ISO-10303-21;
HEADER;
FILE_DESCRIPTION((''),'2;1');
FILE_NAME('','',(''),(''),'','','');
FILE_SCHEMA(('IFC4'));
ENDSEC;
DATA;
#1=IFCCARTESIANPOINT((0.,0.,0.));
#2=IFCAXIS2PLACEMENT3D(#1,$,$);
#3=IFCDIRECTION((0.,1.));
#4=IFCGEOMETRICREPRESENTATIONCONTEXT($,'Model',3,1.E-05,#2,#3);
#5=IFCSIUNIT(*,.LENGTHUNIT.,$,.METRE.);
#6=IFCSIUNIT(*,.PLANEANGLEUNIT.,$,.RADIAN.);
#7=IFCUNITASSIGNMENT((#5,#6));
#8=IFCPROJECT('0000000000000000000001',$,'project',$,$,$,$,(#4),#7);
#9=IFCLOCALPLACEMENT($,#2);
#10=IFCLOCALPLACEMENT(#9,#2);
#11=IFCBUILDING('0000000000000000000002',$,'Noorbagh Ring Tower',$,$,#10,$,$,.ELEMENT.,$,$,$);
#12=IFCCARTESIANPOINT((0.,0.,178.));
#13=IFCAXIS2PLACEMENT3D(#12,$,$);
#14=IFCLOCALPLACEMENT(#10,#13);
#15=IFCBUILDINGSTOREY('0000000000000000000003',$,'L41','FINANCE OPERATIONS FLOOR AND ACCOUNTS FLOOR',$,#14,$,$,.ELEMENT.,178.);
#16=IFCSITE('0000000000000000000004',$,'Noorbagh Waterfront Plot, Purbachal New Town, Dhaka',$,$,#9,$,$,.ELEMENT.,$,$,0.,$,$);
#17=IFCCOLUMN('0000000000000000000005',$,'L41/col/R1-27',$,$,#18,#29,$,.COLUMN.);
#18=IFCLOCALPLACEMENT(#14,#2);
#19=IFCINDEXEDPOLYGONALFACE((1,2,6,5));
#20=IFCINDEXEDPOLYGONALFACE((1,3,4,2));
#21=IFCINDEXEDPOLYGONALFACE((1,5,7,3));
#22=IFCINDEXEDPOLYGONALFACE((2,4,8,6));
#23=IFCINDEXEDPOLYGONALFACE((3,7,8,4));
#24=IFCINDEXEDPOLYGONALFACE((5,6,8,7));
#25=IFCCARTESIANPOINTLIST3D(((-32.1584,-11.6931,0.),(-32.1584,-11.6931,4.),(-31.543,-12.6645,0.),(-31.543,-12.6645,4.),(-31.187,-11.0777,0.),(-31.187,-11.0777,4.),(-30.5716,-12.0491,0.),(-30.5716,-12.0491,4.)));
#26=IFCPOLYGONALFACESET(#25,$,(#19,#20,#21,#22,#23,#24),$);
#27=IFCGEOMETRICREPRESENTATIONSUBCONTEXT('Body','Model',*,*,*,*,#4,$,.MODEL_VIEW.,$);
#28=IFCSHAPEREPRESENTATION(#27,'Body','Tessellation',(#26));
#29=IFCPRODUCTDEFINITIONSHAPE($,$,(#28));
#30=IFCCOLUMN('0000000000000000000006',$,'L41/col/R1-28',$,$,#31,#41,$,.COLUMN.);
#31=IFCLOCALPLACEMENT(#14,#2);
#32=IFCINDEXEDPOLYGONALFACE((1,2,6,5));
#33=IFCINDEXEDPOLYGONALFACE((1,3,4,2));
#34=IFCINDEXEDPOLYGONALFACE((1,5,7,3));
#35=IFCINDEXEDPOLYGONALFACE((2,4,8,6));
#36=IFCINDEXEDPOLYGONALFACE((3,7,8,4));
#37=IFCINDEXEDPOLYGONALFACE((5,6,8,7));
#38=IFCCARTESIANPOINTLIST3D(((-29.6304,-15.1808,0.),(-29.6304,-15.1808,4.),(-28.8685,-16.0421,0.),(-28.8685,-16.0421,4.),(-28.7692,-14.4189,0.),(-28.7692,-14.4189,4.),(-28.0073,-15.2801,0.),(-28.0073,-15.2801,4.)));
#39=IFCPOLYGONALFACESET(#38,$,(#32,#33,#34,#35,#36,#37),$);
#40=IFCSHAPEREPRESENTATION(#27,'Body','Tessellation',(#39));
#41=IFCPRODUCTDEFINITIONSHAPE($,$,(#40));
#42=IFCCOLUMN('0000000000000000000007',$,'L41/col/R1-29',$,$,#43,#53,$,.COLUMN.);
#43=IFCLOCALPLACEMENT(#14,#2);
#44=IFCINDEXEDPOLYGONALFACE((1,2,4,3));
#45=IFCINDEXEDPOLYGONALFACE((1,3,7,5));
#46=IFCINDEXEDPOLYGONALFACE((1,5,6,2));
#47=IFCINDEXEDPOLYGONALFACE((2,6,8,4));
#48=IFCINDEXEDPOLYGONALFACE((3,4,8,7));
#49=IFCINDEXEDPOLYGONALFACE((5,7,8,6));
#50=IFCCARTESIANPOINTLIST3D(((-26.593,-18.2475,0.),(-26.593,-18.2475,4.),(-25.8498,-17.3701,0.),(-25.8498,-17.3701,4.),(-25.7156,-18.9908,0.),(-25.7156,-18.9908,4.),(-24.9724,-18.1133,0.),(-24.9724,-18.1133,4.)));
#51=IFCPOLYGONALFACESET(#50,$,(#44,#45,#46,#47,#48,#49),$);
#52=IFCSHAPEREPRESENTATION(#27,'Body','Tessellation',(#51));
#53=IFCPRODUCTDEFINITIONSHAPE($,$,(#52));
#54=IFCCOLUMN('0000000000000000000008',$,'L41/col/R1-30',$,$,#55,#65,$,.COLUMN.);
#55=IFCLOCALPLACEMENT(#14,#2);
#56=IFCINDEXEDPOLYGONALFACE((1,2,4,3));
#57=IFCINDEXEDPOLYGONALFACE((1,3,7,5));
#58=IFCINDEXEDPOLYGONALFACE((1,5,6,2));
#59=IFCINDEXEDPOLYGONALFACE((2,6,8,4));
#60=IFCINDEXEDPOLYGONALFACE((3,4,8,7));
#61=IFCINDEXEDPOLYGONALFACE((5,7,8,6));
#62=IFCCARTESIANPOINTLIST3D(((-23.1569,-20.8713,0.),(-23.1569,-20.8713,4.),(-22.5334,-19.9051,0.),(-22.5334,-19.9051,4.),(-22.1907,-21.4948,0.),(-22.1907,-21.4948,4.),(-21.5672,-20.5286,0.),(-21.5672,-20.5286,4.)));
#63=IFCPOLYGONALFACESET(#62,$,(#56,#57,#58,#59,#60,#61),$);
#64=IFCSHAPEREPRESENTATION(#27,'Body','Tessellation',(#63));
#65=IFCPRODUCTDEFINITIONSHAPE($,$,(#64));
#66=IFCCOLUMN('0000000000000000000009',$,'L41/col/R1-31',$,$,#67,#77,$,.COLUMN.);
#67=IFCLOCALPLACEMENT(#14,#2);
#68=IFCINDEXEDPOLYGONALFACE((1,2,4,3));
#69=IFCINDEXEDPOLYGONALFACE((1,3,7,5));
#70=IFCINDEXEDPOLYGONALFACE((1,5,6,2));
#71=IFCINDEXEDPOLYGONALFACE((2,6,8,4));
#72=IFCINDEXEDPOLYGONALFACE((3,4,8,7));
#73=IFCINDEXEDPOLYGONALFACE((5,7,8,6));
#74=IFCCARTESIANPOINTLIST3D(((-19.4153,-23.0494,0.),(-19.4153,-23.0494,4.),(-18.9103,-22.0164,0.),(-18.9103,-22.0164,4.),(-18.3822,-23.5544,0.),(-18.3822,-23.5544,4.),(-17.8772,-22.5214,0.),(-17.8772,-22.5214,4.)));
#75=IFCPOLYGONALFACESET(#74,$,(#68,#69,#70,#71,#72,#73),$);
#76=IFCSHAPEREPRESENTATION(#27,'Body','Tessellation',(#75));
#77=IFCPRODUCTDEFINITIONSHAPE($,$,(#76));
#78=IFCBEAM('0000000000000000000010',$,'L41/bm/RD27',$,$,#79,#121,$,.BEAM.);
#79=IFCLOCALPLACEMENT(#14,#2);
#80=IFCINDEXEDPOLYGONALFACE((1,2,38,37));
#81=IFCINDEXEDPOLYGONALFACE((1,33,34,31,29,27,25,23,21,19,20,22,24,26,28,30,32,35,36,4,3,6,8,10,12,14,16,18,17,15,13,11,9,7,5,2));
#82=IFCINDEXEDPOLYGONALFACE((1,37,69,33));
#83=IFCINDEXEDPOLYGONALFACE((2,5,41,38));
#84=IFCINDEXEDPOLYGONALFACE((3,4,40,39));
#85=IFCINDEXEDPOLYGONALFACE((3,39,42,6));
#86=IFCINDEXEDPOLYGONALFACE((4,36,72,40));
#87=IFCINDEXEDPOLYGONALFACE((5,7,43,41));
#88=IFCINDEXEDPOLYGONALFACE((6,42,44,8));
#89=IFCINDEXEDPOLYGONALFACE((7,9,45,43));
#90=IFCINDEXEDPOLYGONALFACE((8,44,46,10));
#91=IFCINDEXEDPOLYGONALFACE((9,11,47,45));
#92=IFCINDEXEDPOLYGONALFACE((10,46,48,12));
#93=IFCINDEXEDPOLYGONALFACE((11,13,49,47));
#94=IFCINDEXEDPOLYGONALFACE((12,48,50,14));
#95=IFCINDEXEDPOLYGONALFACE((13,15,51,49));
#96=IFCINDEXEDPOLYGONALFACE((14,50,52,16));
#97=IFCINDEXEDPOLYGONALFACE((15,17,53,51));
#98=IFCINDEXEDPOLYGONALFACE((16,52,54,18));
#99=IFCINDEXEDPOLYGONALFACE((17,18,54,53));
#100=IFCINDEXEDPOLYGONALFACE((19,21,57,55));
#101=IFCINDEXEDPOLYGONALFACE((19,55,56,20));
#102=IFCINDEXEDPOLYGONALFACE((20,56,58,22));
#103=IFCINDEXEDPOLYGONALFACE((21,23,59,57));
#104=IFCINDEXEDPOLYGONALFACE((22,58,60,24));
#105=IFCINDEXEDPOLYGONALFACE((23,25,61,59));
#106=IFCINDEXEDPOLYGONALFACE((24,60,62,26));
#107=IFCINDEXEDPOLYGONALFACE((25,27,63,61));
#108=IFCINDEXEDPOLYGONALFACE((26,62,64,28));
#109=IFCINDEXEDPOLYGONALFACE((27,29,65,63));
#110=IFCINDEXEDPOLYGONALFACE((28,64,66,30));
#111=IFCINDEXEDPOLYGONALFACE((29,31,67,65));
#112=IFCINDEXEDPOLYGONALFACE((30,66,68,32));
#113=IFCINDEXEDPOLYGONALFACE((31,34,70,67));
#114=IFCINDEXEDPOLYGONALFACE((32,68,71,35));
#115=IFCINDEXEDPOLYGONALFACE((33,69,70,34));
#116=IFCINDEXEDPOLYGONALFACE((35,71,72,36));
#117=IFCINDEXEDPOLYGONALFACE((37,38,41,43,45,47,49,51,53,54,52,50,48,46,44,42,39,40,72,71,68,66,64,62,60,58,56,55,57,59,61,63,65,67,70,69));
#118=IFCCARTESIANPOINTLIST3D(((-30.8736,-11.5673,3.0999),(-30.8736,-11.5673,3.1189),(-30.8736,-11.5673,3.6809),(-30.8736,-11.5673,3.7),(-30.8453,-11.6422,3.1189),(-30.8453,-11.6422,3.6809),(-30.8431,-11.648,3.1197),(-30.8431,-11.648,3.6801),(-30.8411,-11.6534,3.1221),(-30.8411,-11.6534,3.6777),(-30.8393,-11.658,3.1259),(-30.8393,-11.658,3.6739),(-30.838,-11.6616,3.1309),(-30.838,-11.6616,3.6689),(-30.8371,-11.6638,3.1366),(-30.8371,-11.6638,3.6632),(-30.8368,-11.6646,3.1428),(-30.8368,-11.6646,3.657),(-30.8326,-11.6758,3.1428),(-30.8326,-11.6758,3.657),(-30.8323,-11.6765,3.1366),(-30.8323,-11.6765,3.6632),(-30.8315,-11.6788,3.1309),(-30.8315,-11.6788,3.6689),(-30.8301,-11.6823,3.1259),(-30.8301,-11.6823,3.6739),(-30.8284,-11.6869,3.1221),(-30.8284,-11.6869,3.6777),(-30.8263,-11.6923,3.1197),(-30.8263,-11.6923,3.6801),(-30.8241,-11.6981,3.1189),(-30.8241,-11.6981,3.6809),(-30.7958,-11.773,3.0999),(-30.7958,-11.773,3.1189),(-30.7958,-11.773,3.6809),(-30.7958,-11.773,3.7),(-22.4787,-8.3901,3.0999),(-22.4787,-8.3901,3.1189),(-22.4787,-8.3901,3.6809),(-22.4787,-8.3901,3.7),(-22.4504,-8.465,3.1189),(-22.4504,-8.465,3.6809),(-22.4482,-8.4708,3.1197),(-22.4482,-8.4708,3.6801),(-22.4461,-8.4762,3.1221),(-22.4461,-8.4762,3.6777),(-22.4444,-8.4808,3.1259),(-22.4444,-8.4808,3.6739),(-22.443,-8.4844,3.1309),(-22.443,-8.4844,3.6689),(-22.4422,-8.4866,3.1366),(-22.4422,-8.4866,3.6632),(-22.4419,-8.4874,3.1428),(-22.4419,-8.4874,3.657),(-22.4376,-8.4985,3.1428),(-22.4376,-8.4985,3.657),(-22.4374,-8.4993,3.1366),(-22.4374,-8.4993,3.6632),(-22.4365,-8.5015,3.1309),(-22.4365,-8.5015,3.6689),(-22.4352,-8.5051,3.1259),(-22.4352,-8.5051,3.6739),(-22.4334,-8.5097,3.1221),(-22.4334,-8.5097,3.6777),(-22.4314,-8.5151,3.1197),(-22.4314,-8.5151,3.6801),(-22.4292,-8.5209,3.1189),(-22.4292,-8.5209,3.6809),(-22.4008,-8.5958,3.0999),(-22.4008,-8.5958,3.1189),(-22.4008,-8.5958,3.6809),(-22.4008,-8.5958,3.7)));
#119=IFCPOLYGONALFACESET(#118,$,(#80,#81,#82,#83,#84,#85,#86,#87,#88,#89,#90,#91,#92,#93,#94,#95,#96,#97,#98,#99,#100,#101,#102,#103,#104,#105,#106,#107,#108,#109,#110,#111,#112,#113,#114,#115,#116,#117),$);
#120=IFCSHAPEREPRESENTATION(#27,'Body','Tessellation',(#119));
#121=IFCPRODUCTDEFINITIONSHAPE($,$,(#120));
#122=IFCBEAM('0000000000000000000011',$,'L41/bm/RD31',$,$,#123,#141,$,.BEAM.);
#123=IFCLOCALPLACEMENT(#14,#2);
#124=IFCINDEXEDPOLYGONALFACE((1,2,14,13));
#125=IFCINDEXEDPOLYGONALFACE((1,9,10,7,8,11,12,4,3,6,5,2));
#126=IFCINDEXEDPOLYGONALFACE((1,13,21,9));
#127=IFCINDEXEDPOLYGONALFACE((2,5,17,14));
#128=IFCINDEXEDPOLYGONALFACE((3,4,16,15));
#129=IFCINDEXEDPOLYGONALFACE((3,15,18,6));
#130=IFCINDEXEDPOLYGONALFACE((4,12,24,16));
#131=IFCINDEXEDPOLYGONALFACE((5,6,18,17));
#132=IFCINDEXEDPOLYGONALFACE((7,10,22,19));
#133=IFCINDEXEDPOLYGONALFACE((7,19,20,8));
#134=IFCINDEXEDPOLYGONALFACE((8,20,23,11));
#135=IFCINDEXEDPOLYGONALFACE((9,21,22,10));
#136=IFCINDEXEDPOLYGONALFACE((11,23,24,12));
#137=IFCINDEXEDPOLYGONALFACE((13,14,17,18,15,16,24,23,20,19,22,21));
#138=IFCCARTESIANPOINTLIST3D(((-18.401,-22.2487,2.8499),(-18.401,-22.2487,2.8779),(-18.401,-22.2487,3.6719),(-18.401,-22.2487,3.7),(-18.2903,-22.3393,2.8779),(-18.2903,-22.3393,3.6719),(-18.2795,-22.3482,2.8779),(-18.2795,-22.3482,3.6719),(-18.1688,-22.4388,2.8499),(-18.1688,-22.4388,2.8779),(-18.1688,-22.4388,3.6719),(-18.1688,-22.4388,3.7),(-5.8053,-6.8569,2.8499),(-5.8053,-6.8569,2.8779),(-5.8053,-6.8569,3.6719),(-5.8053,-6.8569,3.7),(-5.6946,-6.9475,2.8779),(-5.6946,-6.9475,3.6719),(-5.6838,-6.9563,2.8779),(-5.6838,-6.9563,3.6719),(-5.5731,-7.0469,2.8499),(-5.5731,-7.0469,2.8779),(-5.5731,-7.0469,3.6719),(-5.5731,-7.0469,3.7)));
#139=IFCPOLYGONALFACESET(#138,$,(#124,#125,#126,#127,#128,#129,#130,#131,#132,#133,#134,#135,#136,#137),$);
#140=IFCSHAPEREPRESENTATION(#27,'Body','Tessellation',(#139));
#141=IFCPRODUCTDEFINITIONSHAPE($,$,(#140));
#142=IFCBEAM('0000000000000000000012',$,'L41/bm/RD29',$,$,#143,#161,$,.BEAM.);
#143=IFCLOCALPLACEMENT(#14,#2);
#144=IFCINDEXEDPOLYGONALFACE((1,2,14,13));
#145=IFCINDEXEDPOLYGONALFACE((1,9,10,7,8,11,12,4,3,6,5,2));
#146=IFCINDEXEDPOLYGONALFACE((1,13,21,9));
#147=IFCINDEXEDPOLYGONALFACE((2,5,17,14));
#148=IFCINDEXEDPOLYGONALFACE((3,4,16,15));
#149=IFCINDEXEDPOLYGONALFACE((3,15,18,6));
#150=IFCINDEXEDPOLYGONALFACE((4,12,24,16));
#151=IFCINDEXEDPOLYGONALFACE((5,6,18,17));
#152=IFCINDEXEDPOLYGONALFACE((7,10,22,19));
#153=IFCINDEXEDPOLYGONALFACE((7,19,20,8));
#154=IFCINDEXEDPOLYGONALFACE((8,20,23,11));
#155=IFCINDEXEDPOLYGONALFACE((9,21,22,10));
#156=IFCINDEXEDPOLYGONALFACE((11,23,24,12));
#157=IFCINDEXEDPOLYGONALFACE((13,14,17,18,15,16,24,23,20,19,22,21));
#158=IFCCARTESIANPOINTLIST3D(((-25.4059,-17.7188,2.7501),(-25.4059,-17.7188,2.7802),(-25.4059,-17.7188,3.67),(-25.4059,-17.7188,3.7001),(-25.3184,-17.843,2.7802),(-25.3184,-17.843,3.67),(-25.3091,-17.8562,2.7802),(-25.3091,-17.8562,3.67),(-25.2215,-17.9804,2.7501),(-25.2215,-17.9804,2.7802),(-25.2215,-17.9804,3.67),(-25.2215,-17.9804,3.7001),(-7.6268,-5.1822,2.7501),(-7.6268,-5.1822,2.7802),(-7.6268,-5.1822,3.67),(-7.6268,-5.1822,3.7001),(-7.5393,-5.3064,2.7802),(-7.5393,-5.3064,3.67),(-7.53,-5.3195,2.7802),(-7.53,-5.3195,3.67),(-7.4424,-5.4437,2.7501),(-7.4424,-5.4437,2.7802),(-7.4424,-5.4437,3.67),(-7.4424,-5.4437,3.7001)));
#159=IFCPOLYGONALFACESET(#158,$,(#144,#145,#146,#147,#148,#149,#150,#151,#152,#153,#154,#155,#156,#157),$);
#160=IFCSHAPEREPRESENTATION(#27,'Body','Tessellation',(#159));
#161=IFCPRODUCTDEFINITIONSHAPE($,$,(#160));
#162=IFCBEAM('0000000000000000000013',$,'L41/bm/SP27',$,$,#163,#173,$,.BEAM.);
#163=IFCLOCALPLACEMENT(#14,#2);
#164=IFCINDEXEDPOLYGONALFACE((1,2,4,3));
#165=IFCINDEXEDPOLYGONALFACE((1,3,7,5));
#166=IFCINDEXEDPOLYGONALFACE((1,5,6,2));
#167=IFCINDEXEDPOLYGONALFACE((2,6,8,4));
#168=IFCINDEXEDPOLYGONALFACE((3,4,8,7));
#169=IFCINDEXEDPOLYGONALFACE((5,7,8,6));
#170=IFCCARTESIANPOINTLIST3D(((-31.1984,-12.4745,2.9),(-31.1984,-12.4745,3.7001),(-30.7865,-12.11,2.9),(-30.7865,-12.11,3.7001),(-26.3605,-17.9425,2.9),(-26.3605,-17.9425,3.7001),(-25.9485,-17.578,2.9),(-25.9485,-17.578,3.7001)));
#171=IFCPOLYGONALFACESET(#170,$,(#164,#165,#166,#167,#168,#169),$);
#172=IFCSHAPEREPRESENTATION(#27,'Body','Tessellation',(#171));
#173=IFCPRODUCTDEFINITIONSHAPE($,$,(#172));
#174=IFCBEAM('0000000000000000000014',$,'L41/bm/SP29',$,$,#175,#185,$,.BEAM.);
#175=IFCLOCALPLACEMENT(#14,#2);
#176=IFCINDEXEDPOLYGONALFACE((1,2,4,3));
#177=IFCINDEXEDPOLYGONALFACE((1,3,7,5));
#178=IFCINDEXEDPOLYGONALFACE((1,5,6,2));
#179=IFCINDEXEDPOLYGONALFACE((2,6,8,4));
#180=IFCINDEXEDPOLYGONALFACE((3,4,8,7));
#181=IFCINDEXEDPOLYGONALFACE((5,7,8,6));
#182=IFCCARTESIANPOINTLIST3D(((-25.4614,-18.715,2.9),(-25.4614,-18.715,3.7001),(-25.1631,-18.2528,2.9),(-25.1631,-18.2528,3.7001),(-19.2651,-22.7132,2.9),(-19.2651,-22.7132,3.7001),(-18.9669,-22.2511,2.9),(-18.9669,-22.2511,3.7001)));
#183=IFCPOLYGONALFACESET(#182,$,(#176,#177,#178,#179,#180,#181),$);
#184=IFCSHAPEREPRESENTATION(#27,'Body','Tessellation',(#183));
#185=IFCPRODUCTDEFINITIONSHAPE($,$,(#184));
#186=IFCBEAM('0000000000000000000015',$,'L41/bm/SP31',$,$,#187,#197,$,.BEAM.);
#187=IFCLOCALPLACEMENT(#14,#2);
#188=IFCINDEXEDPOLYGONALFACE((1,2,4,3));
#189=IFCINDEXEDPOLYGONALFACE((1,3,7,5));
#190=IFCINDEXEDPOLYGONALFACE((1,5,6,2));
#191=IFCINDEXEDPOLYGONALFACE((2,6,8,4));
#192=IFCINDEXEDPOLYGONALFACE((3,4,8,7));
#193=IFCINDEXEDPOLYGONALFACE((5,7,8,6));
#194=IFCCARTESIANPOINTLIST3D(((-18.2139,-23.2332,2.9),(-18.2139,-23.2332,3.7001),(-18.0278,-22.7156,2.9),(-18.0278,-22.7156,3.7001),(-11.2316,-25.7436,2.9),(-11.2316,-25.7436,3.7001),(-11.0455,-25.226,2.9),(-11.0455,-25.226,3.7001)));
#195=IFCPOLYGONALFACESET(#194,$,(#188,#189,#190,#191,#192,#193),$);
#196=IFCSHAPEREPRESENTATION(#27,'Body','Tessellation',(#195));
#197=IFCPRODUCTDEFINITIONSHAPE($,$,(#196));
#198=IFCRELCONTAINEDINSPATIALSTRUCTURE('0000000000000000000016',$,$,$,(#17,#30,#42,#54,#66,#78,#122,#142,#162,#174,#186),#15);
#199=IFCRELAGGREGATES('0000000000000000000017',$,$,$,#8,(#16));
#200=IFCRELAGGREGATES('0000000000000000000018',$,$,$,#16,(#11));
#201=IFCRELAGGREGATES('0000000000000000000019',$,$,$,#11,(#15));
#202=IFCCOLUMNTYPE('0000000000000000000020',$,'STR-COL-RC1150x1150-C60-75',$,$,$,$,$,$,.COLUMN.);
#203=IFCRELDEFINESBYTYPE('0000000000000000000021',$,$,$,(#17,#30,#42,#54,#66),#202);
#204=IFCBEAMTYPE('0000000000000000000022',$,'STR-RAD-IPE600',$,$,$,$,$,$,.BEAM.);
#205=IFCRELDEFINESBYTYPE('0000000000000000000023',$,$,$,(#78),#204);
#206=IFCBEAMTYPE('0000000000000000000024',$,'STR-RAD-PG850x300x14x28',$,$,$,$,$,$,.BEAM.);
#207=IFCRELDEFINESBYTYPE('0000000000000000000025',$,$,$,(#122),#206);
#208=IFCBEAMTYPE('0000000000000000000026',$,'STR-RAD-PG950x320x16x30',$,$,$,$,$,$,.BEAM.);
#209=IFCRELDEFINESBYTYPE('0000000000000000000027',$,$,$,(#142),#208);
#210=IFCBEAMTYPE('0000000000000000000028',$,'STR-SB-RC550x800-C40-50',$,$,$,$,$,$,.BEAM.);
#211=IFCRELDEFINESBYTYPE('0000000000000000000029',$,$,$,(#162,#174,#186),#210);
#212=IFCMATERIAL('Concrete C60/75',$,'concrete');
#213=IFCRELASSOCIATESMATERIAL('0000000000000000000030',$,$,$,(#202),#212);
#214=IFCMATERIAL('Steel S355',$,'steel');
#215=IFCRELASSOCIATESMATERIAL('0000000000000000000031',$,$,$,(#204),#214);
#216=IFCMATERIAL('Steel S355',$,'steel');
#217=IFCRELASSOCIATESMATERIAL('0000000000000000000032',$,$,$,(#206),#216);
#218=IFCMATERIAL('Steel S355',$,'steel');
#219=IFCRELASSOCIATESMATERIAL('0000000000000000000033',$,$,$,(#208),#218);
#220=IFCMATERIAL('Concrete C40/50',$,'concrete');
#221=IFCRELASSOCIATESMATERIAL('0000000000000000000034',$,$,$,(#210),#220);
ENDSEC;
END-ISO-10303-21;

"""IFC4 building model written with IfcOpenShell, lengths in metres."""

from ifc_helpers import new_model, si_unit, direction, frame, origin, origin_2d, place, context, subcontext, project, spatial, rectangle, i_section, extrude, material, material_profile, profile_set, type_object, element, save


model = new_model("IFC4")

# Units and contexts
model_context = context("Model", 3, precision=1e-05, world=origin(), true_north=direction((0.0, 1.0)))
body_context = subcontext(model_context, "Body", "Model", "MODEL_VIEW")
ifc_project = project(units=[si_unit("LENGTHUNIT", "METRE"), si_unit("PLANEANGLEUNIT", "RADIAN")], contexts=[model_context])

# Site, building, storey
site_placement = place(None, origin())
site = spatial("IfcSite", under=ifc_project, at=site_placement, Name="Noorbagh Waterfront Plot, Purbachal New Town, Dhaka", CompositionType="ELEMENT", RefElevation=0.0)
building_placement = place(site_placement, origin())
building = spatial("IfcBuilding", under=site, at=building_placement, Name="Noorbagh Ring Tower", CompositionType="ELEMENT")
storey_placement = place(building_placement, frame((0.0, 0.0, 178.0)))
storey = spatial("IfcBuildingStorey", under=building, at=storey_placement, Name="L41", Description="FINANCE OPERATIONS FLOOR AND ACCOUNTS FLOOR", CompositionType="ELEMENT", Elevation=178.0)

# Columns
ifc_material_1 = material(Name="Concrete C60/75", Category="concrete")
ifc_material_profile_1 = material_profile(ifc_material_1, rectangle(XDim=1.1499, YDim=1.1499, at=origin_2d()), Name="RC1150x1150")
ifc_profile_set_1 = profile_set([ifc_material_profile_1], Name="Concrete C60/75")
column_type = type_object("IfcColumnType", Name="STR-COL-RC1150x1150-C60-75", PredefinedType="COLUMN", material=ifc_profile_set_1)
for number, where, z_axis, x_axis, name in (
    (1, (-31.365, -11.8711, 0.0), (0.0, 0.0, 1.0), (0.53519, -0.844731, 0.0), "L41/col/R1-27"),
    (2, (-28.8188, -15.2305, 0.0), (0.0, 0.0, 1.0), (0.662636, -0.748942, 0.0), "L41/col/R1-28"),
    (3, (-25.7827, -18.1804, 0.0), (0.0, 0.0, 1.0), (0.763035, -0.646357, 0.0), "L41/col/R1-29"),
    (4, (-22.3621, -20.7, 0.0), (0.0, 0.0, 1.0), (0.840248, -0.542203, 0.0), "L41/col/R1-30"),
    (5, (-18.6462, -22.7854, 0.0), (0.0, 0.0, 1.0), (0.898399, -0.43918, 0.0), "L41/col/R1-31"),
):
    element("IfcColumn", number, at=place(storey_placement, frame(where, z_axis=z_axis, x_axis=x_axis)), inside=storey, type_object=column_type, Name=name, PredefinedType="COLUMN", context=body_context, shape_type="SweptSolid", body=[
        extrude(rectangle(XDim=1.1499, YDim=1.1499, at=origin_2d()), origin(), (0.0, 0.0, 1.0), 4.0),
    ])

# Beams
ifc_material_2 = material(Name="Steel S355", Category="steel")
ifc_material_profile_2 = material_profile(ifc_material_2, i_section(OverallWidth=0.22, OverallDepth=0.6001, WebThickness=0.012, FlangeThickness=0.019, FilletRadius=0.0239, at=origin_2d()), Name="IPE600")
ifc_profile_set_2 = profile_set([ifc_material_profile_2], Name="Steel S355")
beam_type_1 = type_object("IfcBeamType", Name="STR-RAD-IPE600", PredefinedType="BEAM", material=ifc_profile_set_2)
beam_1_placement = place(storey_placement, frame((-30.8347, -11.6702, 3.3999), z_axis=(0.935259, 0.353965, 0.0), x_axis=(-0.353965, 0.935259, 0.0)))
element("IfcBeam", 6, at=beam_1_placement, inside=storey, type_object=beam_type_1, Name="L41/bm/RD27", PredefinedType="BEAM", context=body_context, shape_type="SweptSolid", body=[
    extrude(i_section(OverallWidth=0.22, OverallDepth=0.6001, WebThickness=0.012, FlangeThickness=0.019, FilletRadius=0.0239, at=origin_2d()), origin(), (0.0, 0.0, 1.0), 8.9761),
])
ifc_material_3 = material(Name="Steel S355", Category="steel")
ifc_material_profile_3 = material_profile(ifc_material_3, i_section(OverallWidth=0.3, OverallDepth=0.8501, WebThickness=0.0139, FlangeThickness=0.0281, at=origin_2d()), Name="PG850x300x14x28")
ifc_profile_set_3 = profile_set([ifc_material_profile_3], Name="Steel S355")
beam_type_2 = type_object("IfcBeamType", Name="STR-RAD-PG850x300x14x28", PredefinedType="BEAM", material=ifc_profile_set_3)
beam_2_placement = place(storey_placement, frame((-18.2849, -22.3438, 3.2749), z_axis=(0.633309, 0.773899, 0.0), x_axis=(-0.773899, 0.633309, 0.0)))
element("IfcBeam", 7, at=beam_2_placement, inside=storey, type_object=beam_type_2, Name="L41/bm/RD31", PredefinedType="BEAM", context=body_context, shape_type="SweptSolid", body=[
    extrude(i_section(OverallWidth=0.3, OverallDepth=0.8501, WebThickness=0.0139, FlangeThickness=0.0281, at=origin_2d()), origin(), (0.0, 0.0, 1.0), 19.8887),
])
ifc_material_4 = material(Name="Steel S355", Category="steel")
ifc_material_profile_4 = material_profile(ifc_material_4, i_section(OverallWidth=0.3201, OverallDepth=0.95, WebThickness=0.0161, FlangeThickness=0.03, at=origin_2d()), Name="PG950x320x16x30")
ifc_profile_set_4 = profile_set([ifc_material_profile_4], Name="Steel S355")
beam_type_3 = type_object("IfcBeamType", Name="STR-RAD-PG950x320x16x30", PredefinedType="BEAM", material=ifc_profile_set_4)
beam_3_placement = place(storey_placement, frame((-25.3137, -17.8496, 3.2251), z_axis=(0.817256, 0.576275, 0.0), x_axis=(-0.576275, 0.817256, 0.0)))
element("IfcBeam", 8, at=beam_3_placement, inside=storey, type_object=beam_type_3, Name="L41/bm/RD29", PredefinedType="BEAM", context=body_context, shape_type="SweptSolid", body=[
    extrude(i_section(OverallWidth=0.3201, OverallDepth=0.95, WebThickness=0.0161, FlangeThickness=0.03, at=origin_2d()), origin(), (0.0, 0.0, 1.0), 21.7546),
])
ifc_material_5 = material(Name="Concrete C40/50", Category="concrete")
ifc_material_profile_5 = material_profile(ifc_material_5, rectangle(XDim=0.55, YDim=0.8, at=origin_2d()), Name="RC550x800")
ifc_profile_set_5 = profile_set([ifc_material_profile_5], Name="Concrete C40/50")
beam_type_4 = type_object("IfcBeamType", Name="STR-SB-RC550x800-C40-50", PredefinedType="BEAM", material=ifc_profile_set_5)
beam_4_placement = place(storey_placement, frame((-30.9924, -12.2922, 3.3), z_axis=(0.662635, -0.748942, 0.0), x_axis=(0.748942, 0.662635, 0.0)))
element("IfcBeam", 9, at=beam_4_placement, inside=storey, type_object=beam_type_4, Name="L41/bm/SP27", PredefinedType="BEAM", context=body_context, shape_type="SweptSolid", body=[
    extrude(rectangle(XDim=0.55, YDim=0.8, at=origin_2d()), origin(), (0.0, 0.0, 1.0), 7.301),
])
beam_5_placement = place(storey_placement, frame((-25.3123, -18.4839, 3.3), z_axis=(0.840254, -0.542192, 0.0), x_axis=(0.542192, 0.840254, 0.0)))
element("IfcBeam", 10, at=beam_5_placement, inside=storey, type_object=beam_type_4, Name="L41/bm/SP29", PredefinedType="BEAM", context=body_context, shape_type="SweptSolid", body=[
    extrude(rectangle(XDim=0.55, YDim=0.8, at=origin_2d()), origin(), (0.0, 0.0, 1.0), 7.3743),
])
beam_6_placement = place(storey_placement, frame((-18.1208, -22.9744, 3.3), z_axis=(0.941024, -0.338341, 0.0), x_axis=(0.338341, 0.941024, 0.0)))
element("IfcBeam", 11, at=beam_6_placement, inside=storey, type_object=beam_type_4, Name="L41/bm/SP31", PredefinedType="BEAM", context=body_context, shape_type="SweptSolid", body=[
    extrude(rectangle(XDim=0.55, YDim=0.8, at=origin_2d()), origin(), (0.0, 0.0, 1.0), 7.4199),
])

save(model, "model.ifc")
